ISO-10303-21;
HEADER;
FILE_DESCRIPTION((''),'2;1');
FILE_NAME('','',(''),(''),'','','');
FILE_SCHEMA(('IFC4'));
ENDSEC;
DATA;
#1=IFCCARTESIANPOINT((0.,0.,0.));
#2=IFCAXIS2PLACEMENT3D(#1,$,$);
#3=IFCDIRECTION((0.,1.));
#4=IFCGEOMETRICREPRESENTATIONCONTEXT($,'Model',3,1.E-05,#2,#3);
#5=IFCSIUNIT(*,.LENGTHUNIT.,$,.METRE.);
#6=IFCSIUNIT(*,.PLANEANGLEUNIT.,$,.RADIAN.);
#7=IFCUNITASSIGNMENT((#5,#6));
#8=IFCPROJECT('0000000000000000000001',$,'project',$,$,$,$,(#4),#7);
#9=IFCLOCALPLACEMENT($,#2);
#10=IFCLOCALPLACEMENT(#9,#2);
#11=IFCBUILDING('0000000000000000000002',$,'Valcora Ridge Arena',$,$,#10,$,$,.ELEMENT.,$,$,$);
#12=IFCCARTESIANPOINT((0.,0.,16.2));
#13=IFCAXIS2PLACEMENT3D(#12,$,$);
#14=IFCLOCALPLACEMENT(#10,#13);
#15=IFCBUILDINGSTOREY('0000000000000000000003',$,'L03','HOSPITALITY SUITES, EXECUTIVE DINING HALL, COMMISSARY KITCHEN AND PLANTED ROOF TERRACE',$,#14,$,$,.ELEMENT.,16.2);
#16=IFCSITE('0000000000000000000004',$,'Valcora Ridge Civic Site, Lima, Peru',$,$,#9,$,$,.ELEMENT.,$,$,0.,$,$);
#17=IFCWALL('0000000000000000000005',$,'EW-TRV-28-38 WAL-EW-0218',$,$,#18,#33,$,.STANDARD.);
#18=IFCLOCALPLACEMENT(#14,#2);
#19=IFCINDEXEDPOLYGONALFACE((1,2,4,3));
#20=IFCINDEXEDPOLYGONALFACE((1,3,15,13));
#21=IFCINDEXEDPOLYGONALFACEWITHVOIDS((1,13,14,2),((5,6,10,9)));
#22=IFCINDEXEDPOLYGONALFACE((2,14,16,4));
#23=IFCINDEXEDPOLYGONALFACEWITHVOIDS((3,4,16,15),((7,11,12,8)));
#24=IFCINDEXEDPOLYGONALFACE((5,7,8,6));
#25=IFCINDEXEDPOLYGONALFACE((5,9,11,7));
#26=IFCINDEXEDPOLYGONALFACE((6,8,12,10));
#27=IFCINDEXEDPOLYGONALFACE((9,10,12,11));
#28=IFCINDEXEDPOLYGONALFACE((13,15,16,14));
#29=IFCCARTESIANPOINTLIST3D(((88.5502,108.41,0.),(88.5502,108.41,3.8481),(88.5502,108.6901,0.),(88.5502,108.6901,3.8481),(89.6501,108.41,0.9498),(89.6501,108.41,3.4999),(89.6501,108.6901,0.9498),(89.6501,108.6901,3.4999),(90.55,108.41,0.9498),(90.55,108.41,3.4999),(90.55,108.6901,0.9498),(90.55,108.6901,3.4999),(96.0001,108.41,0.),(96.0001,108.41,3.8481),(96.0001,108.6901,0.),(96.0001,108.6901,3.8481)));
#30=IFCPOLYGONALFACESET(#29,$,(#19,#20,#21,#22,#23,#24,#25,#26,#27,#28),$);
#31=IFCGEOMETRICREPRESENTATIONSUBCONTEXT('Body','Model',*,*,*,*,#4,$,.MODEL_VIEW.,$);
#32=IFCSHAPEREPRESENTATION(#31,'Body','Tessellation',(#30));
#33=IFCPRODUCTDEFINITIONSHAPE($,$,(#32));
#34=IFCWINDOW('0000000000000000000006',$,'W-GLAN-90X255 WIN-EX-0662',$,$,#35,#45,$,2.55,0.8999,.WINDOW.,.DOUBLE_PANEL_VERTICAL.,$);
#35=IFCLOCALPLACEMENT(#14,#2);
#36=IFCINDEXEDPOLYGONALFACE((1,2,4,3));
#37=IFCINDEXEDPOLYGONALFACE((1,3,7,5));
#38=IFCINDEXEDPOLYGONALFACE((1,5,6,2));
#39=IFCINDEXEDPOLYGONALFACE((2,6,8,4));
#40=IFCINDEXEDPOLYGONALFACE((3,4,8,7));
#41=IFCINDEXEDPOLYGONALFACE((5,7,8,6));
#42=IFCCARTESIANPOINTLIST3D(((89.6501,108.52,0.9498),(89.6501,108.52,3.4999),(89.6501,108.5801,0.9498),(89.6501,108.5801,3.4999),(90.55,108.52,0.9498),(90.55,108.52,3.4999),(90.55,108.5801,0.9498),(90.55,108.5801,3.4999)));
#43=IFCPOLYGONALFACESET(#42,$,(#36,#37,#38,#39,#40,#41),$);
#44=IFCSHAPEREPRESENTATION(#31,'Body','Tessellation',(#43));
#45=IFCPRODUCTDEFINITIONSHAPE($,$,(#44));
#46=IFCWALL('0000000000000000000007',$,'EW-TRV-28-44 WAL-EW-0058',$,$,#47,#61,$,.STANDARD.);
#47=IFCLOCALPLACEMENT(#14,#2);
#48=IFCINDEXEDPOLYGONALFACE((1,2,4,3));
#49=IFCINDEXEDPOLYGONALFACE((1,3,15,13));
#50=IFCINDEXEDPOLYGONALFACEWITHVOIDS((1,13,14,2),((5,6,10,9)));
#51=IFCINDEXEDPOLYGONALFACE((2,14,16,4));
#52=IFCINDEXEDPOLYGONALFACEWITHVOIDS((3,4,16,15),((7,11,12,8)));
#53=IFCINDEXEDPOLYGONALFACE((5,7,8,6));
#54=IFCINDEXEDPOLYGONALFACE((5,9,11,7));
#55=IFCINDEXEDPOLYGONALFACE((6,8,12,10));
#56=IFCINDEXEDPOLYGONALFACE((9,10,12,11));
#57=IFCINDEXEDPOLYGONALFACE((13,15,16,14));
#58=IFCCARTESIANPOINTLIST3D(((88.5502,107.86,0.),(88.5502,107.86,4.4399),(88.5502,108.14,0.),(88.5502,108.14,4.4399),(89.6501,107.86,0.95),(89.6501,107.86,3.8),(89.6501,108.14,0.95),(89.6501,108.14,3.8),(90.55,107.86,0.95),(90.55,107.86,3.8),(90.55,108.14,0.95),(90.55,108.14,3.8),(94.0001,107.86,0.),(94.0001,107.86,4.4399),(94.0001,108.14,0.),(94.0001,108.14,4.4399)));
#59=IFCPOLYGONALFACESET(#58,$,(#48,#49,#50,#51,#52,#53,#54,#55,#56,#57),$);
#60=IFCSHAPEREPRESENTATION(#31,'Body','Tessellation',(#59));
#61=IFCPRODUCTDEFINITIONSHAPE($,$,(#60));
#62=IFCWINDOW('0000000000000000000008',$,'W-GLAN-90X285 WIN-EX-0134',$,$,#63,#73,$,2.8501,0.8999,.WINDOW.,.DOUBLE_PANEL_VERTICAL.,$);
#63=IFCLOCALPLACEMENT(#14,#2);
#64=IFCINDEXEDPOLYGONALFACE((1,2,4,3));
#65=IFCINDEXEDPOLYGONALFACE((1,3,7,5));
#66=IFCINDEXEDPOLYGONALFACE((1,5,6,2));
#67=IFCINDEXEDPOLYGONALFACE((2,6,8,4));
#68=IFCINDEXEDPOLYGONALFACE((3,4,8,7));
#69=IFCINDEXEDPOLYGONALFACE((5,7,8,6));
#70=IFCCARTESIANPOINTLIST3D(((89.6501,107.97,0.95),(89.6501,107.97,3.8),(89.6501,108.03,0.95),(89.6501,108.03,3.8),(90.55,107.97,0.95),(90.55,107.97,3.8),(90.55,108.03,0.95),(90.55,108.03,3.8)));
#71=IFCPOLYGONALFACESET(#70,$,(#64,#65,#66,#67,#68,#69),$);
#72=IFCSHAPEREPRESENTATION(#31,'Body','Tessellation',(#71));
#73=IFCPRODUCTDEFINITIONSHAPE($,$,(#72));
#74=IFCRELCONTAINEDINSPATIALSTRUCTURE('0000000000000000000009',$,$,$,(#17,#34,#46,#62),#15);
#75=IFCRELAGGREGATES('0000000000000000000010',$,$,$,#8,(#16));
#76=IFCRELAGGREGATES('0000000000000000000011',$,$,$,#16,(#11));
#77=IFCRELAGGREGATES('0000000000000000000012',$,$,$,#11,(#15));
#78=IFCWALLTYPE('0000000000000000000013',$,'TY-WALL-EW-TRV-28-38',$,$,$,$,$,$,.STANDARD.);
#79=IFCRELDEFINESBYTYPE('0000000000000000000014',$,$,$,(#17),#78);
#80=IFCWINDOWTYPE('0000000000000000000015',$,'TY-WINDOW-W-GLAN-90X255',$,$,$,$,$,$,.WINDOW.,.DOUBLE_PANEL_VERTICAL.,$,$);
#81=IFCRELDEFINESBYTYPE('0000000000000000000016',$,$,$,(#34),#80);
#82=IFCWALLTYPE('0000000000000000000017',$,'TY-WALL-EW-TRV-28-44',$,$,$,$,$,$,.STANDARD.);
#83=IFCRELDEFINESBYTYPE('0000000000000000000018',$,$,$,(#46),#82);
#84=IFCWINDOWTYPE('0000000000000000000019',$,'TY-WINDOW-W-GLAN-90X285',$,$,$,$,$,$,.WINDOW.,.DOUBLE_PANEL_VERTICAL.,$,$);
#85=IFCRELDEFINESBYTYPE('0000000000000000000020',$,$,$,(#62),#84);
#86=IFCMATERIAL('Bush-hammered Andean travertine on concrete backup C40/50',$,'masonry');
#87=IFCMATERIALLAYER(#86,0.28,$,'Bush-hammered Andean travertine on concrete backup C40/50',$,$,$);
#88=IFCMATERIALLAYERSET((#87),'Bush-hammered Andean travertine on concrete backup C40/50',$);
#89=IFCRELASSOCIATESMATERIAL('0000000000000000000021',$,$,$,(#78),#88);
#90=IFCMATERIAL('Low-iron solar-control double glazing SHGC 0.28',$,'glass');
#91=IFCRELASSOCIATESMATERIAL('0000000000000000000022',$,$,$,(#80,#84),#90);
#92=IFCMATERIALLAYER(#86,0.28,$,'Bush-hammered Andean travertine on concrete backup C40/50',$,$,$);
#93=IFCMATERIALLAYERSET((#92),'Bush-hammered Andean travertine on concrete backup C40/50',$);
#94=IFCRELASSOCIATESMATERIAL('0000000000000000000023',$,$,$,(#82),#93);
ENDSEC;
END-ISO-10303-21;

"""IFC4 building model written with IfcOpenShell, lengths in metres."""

from ifc_helpers import new_model, si_unit, direction, frame, frame_2d, origin, place, context, subcontext, project, spatial, rectangle, extrude, material, layer, layer_set, type_object, element, fill, save


model = new_model("IFC4")

# Units and contexts
model_context = context("Model", 3, precision=1e-05, world=origin(), true_north=direction((0.0, 1.0)))
body_context = subcontext(model_context, "Body", "Model", "MODEL_VIEW")
ifc_project = project(units=[si_unit("LENGTHUNIT", "METRE"), si_unit("PLANEANGLEUNIT", "RADIAN")], contexts=[model_context])

# Site, building, storey
site_placement = place(None, origin())
site = spatial("IfcSite", under=ifc_project, at=site_placement, Name="Valcora Ridge Civic Site, Lima, Peru", CompositionType="ELEMENT", RefElevation=0.0)
building_placement = place(site_placement, origin())
building = spatial("IfcBuilding", under=site, at=building_placement, Name="Valcora Ridge Arena", CompositionType="ELEMENT")
storey_placement = place(building_placement, frame((0.0, 0.0, 16.2)))
storey = spatial("IfcBuildingStorey", under=building, at=storey_placement, Name="L03", Description="HOSPITALITY SUITES, EXECUTIVE DINING HALL, COMMISSARY KITCHEN AND PLANTED ROOF TERRACE", CompositionType="ELEMENT", Elevation=16.2)

# Shared definitions
ifc_material_1 = material(Name="Low-iron solar-control double glazing SHGC 0.28", Category="glass")

# Walls, openings, windows
ifc_material_2 = material(Name="Bush-hammered Andean travertine on concrete backup C40/50", Category="masonry")
ifc_layer_1 = layer(ifc_material_2, 0.28, Name="Bush-hammered Andean travertine on concrete backup C40/50")
ifc_layer_set_1 = layer_set([ifc_layer_1], Name="Bush-hammered Andean travertine on concrete backup C40/50")
wall_type_1 = type_object("IfcWallType", Name="TY-WALL-EW-TRV-28-38", PredefinedType="STANDARD", material=ifc_layer_set_1)
wall_1_placement = place(storey_placement, frame((88.55, 108.55, 0.0), z_axis=(0.0, 0.0, 1.0), x_axis=(1.0, 0.0, 0.0)))
wall_1 = element("IfcWall", 1, at=wall_1_placement, inside=storey, type_object=wall_type_1, Name="EW-TRV-28-38 WAL-EW-0218", PredefinedType="STANDARD", context=body_context, shape_type="SweptSolid", body=[
    extrude(rectangle(XDim=7.45, YDim=0.28, at=frame_2d((3.7251, 0.0))), origin(), (0.0, 0.0, 1.0), 3.8481),
])
opening_1_placement = place(wall_1_placement, frame((1.1001, 0.0, 0.95)))
opening_1 = element("IfcOpeningElement", 2, at=opening_1_placement, cuts=wall_1, PredefinedType="OPENING", context=body_context, shape_type="SweptSolid", body=[
    extrude(rectangle(XDim=0.8999, YDim=2.55, at=frame_2d((0.45, 1.2749))), frame((0.0, 0.1499, 0.0), z_axis=(0.0, -1.0, 0.0), x_axis=(1.0, 0.0, 0.0)), (0.0, 0.0, 1.0), 0.3),
])
window_type_1 = type_object("IfcWindowType", Name="TY-WINDOW-W-GLAN-90X255", PartitioningType="DOUBLE_PANEL_VERTICAL", PredefinedType="WINDOW", material=ifc_material_1)
window_1_placement = place(opening_1_placement, origin())
window_1 = element("IfcWindow", 3, at=window_1_placement, inside=storey, type_object=window_type_1, Name="W-GLAN-90X255 WIN-EX-0662", OverallHeight=2.55, OverallWidth=0.8999, PartitioningType="DOUBLE_PANEL_VERTICAL", PredefinedType="WINDOW", context=body_context, shape_type="SweptSolid", body=[
    extrude(rectangle(XDim=0.8999, YDim=2.55, at=frame_2d((0.45, 1.2749))), frame((0.0, 0.03, 0.0), z_axis=(0.0, -1.0, 0.0), x_axis=(1.0, 0.0, 0.0)), (0.0, 0.0, 1.0), 0.0601),
])
fill(opening_1, window_1)
ifc_layer_2 = layer(ifc_material_2, 0.28, Name="Bush-hammered Andean travertine on concrete backup C40/50")
ifc_layer_set_2 = layer_set([ifc_layer_2], Name="Bush-hammered Andean travertine on concrete backup C40/50")
wall_type_2 = type_object("IfcWallType", Name="TY-WALL-EW-TRV-28-44", PredefinedType="STANDARD", material=ifc_layer_set_2)
wall_2_placement = place(storey_placement, frame((88.55, 108.0, 0.0), z_axis=(0.0, 0.0, 1.0), x_axis=(1.0, 0.0, 0.0)))
wall_2 = element("IfcWall", 4, at=wall_2_placement, inside=storey, type_object=wall_type_2, Name="EW-TRV-28-44 WAL-EW-0058", PredefinedType="STANDARD", context=body_context, shape_type="SweptSolid", body=[
    extrude(rectangle(XDim=5.45, YDim=0.28, at=frame_2d((2.7251, 0.0))), origin(), (0.0, 0.0, 1.0), 4.4399),
])
opening_2_placement = place(wall_2_placement, frame((1.1001, 0.0, 0.95)))
opening_2 = element("IfcOpeningElement", 5, at=opening_2_placement, cuts=wall_2, PredefinedType="OPENING", context=body_context, shape_type="SweptSolid", body=[
    extrude(rectangle(XDim=0.8999, YDim=2.8501, at=frame_2d((0.45, 1.425))), frame((0.0, 0.1499, 0.0), z_axis=(0.0, -1.0, 0.0), x_axis=(1.0, 0.0, 0.0)), (0.0, 0.0, 1.0), 0.3),
])
window_type_2 = type_object("IfcWindowType", Name="TY-WINDOW-W-GLAN-90X285", PartitioningType="DOUBLE_PANEL_VERTICAL", PredefinedType="WINDOW", material=ifc_material_1)
window_2_placement = place(opening_2_placement, origin())
window_2 = element("IfcWindow", 6, at=window_2_placement, inside=storey, type_object=window_type_2, Name="W-GLAN-90X285 WIN-EX-0134", OverallHeight=2.8501, OverallWidth=0.8999, PartitioningType="DOUBLE_PANEL_VERTICAL", PredefinedType="WINDOW", context=body_context, shape_type="SweptSolid", body=[
    extrude(rectangle(XDim=0.8999, YDim=2.8501, at=frame_2d((0.45, 1.425))), frame((0.0, 0.03, 0.0), z_axis=(0.0, -1.0, 0.0), x_axis=(1.0, 0.0, 0.0)), (0.0, 0.0, 1.0), 0.0601),
])
fill(opening_2, window_2)

save(model, "model.ifc")
